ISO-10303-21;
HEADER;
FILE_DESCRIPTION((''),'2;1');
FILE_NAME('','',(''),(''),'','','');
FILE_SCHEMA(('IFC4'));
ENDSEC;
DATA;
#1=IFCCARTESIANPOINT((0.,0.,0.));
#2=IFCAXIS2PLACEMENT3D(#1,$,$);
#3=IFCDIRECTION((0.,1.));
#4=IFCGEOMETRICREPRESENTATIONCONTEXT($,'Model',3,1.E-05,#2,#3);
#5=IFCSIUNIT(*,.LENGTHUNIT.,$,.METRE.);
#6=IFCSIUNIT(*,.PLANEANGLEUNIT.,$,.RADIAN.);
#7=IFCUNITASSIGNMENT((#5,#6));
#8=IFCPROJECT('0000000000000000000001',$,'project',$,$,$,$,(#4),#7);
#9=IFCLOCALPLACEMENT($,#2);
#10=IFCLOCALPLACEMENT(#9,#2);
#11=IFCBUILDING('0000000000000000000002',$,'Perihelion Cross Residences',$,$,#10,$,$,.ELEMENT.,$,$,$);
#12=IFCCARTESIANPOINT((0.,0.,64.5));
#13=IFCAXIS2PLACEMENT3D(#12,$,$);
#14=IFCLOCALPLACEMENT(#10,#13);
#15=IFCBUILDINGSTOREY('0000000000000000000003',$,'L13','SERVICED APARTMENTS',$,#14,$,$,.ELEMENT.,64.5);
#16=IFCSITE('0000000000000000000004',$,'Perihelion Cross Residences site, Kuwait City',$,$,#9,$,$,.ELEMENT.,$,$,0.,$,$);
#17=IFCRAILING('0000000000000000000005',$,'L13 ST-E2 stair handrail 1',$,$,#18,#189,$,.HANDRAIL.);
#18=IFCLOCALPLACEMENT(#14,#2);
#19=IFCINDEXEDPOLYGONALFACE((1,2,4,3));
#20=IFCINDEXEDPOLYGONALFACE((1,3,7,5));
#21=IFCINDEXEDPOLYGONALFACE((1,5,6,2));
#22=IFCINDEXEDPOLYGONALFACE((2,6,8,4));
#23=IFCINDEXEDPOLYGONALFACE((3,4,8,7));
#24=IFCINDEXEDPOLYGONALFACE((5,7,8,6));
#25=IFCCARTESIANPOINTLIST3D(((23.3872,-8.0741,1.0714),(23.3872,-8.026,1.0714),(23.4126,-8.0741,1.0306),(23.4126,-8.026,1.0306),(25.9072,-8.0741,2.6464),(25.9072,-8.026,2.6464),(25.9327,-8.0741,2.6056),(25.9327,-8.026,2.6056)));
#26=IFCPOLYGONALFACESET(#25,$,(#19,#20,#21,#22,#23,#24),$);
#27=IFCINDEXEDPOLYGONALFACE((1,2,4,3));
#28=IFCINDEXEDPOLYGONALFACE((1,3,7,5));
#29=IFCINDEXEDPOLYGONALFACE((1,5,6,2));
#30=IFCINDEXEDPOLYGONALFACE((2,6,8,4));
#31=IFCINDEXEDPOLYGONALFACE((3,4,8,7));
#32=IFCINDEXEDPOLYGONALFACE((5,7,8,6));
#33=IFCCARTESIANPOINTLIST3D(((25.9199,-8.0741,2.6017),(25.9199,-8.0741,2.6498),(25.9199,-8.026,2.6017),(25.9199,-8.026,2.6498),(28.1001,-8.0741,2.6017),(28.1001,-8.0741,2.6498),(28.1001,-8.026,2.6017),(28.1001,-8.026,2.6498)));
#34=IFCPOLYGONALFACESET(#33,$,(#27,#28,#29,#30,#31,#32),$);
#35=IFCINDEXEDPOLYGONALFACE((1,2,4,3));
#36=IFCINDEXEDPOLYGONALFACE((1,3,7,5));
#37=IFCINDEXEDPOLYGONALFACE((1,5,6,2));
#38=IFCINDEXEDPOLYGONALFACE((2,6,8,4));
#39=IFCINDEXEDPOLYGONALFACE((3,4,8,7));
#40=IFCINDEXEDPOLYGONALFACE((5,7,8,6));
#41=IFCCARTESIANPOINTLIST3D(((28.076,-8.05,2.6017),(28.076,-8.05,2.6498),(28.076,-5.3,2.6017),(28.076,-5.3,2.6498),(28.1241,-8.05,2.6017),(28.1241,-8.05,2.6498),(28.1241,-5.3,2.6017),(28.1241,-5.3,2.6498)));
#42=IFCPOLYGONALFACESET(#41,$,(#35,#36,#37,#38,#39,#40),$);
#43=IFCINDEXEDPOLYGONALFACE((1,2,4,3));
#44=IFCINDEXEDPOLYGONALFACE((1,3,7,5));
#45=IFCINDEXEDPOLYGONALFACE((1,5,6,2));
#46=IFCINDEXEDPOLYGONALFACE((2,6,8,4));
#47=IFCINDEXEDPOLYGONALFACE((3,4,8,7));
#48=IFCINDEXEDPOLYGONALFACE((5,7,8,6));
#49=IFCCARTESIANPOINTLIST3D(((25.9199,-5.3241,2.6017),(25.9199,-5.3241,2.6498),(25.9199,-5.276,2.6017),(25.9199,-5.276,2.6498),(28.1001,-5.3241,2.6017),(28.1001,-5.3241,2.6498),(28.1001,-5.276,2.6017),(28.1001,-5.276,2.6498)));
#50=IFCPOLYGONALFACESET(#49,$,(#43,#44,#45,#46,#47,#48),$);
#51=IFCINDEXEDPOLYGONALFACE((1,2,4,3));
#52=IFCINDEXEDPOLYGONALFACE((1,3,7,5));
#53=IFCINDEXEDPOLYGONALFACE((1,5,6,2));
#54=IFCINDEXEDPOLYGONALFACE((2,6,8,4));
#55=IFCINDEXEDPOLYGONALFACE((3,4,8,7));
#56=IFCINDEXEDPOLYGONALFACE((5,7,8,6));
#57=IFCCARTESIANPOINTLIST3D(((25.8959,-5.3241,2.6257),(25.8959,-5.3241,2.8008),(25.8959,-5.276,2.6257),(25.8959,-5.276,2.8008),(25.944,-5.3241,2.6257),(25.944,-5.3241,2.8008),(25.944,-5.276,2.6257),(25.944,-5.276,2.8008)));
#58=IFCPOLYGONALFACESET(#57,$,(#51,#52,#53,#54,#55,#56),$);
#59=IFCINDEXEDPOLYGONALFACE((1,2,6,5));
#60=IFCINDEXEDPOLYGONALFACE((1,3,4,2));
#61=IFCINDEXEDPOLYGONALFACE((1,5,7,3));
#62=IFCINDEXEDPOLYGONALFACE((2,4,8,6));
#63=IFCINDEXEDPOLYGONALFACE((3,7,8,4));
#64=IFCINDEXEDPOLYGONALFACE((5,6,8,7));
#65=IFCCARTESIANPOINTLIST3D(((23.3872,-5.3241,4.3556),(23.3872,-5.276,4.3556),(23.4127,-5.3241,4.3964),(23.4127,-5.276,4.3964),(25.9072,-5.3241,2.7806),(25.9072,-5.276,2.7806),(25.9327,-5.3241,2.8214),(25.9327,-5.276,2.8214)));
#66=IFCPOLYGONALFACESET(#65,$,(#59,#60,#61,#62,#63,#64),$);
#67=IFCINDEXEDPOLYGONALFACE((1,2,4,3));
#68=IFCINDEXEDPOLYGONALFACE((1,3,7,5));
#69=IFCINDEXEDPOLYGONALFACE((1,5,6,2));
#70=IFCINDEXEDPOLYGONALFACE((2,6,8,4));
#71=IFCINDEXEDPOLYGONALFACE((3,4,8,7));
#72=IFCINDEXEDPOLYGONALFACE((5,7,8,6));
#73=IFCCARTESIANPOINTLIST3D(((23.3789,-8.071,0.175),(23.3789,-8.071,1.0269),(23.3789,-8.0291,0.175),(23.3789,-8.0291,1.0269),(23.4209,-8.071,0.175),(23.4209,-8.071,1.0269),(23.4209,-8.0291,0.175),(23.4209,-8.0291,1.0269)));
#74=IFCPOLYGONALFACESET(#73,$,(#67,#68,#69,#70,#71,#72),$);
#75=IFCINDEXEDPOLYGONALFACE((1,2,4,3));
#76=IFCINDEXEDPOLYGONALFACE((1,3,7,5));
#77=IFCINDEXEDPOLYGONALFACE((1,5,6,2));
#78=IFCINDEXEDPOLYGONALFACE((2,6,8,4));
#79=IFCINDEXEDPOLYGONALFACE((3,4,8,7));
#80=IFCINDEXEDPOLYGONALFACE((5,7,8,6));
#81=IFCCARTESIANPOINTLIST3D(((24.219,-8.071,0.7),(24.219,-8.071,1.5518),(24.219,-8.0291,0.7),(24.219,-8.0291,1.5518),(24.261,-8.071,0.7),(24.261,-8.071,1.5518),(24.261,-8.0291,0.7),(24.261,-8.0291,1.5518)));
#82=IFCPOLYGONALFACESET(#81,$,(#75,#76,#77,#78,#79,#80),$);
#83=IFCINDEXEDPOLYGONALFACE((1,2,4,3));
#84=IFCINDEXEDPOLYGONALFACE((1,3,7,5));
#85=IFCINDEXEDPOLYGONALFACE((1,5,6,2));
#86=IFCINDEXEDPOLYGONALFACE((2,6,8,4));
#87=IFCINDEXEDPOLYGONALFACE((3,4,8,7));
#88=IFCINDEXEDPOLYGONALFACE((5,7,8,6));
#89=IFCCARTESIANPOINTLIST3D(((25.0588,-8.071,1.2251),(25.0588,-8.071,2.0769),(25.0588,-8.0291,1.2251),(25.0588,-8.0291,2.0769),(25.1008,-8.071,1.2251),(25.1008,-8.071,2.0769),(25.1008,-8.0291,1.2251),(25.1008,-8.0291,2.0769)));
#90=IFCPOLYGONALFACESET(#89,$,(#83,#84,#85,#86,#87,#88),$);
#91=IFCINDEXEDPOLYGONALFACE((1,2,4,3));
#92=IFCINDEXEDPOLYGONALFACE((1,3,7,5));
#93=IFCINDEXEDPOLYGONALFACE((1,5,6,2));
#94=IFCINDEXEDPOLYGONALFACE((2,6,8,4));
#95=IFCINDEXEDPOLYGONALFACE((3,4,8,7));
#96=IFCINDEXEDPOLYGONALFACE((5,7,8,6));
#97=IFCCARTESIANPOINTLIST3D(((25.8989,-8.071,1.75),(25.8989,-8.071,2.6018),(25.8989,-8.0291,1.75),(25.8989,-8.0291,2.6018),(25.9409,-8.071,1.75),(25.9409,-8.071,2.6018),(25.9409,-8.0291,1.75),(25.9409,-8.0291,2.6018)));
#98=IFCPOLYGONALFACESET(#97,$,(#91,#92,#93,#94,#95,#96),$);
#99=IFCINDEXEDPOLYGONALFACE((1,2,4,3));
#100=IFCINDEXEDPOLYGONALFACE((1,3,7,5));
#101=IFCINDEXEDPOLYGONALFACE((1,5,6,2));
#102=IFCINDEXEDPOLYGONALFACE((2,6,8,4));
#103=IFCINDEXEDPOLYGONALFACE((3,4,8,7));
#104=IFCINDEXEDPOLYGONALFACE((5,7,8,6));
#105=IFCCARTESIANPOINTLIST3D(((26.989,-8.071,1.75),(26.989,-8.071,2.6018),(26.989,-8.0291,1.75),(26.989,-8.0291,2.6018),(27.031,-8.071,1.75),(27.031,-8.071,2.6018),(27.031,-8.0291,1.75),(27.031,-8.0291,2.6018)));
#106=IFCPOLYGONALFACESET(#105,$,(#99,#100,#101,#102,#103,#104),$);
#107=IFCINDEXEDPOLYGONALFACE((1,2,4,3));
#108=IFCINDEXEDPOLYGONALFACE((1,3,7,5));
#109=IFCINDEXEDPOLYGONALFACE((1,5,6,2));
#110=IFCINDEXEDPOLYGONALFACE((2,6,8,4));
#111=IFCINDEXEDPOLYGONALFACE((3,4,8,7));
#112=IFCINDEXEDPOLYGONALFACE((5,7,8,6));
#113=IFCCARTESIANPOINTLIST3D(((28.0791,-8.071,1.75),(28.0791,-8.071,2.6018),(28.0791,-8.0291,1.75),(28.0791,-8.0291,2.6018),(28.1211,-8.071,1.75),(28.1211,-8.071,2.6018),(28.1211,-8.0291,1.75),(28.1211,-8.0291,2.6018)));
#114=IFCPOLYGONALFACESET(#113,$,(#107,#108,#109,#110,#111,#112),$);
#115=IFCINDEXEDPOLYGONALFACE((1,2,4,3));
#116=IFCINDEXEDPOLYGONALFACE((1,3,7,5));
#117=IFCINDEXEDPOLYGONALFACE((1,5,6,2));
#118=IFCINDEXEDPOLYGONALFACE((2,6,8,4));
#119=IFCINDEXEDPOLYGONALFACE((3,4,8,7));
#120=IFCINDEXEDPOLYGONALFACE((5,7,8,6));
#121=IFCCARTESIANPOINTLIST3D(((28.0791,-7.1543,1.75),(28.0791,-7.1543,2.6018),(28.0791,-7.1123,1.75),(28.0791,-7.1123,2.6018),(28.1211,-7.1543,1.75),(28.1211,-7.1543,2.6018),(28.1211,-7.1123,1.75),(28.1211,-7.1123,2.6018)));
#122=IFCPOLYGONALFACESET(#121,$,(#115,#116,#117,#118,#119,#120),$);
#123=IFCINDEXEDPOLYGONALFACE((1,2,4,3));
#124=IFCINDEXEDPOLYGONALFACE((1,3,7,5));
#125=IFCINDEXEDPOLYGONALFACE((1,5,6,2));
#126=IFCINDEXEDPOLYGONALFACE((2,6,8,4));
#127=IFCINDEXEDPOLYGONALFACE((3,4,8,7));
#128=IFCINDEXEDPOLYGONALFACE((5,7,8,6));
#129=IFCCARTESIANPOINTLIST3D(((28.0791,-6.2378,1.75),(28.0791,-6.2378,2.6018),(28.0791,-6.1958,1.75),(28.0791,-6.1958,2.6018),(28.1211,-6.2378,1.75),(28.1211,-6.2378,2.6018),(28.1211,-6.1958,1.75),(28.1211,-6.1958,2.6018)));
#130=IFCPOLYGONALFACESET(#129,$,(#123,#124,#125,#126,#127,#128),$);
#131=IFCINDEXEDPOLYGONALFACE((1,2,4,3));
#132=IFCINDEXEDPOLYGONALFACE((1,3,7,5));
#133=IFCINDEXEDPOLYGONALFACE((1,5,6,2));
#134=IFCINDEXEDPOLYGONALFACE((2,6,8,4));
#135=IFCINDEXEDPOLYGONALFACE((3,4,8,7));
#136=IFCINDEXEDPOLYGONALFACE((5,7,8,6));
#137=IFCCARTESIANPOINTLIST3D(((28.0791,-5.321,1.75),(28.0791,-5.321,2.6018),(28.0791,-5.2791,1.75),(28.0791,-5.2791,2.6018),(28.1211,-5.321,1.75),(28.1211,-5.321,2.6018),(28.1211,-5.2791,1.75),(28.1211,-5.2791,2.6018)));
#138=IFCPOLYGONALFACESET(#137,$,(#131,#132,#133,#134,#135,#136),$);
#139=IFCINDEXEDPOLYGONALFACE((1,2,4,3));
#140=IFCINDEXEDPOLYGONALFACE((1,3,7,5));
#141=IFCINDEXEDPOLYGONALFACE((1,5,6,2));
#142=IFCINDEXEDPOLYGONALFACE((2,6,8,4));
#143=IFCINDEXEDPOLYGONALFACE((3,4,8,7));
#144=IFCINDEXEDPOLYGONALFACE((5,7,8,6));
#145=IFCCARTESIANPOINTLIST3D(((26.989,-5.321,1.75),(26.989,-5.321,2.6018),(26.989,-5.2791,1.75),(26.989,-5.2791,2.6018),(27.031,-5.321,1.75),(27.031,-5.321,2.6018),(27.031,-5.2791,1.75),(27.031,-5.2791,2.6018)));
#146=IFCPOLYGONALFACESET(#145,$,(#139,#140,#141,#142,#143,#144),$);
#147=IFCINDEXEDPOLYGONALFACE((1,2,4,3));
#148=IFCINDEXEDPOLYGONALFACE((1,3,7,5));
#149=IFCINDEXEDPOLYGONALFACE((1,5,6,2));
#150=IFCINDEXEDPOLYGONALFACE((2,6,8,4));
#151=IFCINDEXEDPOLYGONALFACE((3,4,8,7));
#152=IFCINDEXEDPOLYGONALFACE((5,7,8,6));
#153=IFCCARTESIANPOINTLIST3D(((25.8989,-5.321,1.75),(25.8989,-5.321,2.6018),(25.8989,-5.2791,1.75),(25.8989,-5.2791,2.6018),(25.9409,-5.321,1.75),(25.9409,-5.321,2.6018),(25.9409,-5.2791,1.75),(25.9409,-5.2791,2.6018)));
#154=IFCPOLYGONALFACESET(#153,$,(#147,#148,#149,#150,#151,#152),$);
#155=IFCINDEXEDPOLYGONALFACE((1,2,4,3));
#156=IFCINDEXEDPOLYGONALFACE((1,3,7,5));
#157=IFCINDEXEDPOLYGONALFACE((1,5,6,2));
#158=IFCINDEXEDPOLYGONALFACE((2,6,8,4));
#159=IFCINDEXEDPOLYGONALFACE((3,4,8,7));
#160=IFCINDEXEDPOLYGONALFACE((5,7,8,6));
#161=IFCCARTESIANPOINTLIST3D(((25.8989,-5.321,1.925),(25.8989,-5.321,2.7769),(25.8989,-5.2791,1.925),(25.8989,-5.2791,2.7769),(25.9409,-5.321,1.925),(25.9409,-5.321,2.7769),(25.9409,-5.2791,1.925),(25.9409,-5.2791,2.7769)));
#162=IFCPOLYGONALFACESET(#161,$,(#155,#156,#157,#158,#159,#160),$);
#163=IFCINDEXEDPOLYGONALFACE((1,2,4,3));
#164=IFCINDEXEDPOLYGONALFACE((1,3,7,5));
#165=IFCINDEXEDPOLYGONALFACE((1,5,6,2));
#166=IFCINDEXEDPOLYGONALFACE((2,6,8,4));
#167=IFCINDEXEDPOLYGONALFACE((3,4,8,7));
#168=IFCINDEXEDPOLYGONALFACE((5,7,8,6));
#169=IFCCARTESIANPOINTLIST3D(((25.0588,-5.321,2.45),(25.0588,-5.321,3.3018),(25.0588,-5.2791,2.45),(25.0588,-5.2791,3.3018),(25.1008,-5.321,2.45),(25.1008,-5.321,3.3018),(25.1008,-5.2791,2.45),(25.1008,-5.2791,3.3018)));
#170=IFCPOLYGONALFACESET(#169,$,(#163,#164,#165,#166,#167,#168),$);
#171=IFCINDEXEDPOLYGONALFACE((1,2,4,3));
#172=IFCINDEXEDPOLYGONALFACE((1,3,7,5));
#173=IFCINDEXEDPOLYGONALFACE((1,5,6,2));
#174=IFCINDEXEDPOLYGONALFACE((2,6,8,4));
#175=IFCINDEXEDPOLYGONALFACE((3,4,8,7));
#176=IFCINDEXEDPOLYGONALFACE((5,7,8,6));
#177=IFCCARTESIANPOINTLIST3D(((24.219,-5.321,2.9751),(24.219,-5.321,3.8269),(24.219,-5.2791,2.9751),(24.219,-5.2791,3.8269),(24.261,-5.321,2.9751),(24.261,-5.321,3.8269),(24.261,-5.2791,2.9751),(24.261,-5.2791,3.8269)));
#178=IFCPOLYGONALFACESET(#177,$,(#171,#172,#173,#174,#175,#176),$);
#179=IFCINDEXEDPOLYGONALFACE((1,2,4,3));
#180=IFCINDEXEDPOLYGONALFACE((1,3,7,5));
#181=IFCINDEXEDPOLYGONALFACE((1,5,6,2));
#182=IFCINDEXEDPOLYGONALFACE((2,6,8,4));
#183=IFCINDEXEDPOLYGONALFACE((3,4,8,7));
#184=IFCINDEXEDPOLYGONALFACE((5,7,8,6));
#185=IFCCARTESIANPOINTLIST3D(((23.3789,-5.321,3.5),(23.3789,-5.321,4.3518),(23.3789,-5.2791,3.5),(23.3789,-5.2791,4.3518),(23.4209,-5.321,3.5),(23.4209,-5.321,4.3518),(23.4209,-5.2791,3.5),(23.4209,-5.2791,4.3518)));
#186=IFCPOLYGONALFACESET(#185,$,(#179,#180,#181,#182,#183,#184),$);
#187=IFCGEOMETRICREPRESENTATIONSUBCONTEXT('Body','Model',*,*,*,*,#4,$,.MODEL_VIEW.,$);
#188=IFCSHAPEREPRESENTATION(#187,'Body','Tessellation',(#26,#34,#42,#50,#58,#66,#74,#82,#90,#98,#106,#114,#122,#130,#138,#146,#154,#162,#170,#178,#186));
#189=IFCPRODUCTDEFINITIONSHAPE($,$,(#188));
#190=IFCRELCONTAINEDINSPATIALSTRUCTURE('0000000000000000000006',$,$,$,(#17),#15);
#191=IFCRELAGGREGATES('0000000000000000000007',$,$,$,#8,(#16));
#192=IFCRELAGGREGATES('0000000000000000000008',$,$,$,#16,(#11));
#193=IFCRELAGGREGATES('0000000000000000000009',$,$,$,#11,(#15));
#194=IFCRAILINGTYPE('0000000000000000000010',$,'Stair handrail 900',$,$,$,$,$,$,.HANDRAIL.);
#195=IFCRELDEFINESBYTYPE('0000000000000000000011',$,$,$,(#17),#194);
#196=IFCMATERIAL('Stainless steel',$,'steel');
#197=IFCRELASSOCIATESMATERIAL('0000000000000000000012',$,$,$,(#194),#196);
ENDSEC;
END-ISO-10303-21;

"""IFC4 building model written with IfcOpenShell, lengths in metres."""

from ifc_helpers import new_model, si_unit, direction, frame, origin, origin_2d, place, context, subcontext, project, spatial, rectangle, extrude, material, type_object, element, save


model = new_model("IFC4")

# Units and contexts
model_context = context("Model", 3, precision=1e-05, world=origin(), true_north=direction((0.0, 1.0)))
body_context = subcontext(model_context, "Body", "Model", "MODEL_VIEW")
ifc_project = project(units=[si_unit("LENGTHUNIT", "METRE"), si_unit("PLANEANGLEUNIT", "RADIAN")], contexts=[model_context])

# Site, building, storey
site_placement = place(None, origin())
site = spatial("IfcSite", under=ifc_project, at=site_placement, Name="Perihelion Cross Residences site, Kuwait City", CompositionType="ELEMENT", RefElevation=0.0)
building_placement = place(site_placement, origin())
building = spatial("IfcBuilding", under=site, at=building_placement, Name="Perihelion Cross Residences", CompositionType="ELEMENT")
storey_placement = place(building_placement, frame((0.0, 0.0, 64.5)))
storey = spatial("IfcBuildingStorey", under=building, at=storey_placement, Name="L13", Description="SERVICED APARTMENTS", CompositionType="ELEMENT", Elevation=64.5)

# Railing
ifc_material_1 = material(Name="Stainless steel", Category="steel")
railing_type_1 = type_object("IfcRailingType", Name="Stair handrail 900", PredefinedType="HANDRAIL", material=ifc_material_1)
railing_1_placement = place(storey_placement, frame((23.3999, -8.05, 0.175)))
element("IfcRailing", 1, at=railing_1_placement, inside=storey, type_object=railing_type_1, Name="L13 ST-E2 stair handrail 1", PredefinedType="HANDRAIL", context=body_context, shape_type="SweptSolid", body=[
    extrude(rectangle(XDim=0.0481, YDim=0.0481, at=origin_2d()), frame((0.0, 0.0, 0.876), z_axis=(0.848008, 0.0, 0.529984), x_axis=(0.0, 1.0, 0.0)), (0.0, 0.0, 1.0), 2.9717),
    extrude(rectangle(XDim=0.0481, YDim=0.0481, at=origin_2d()), frame((2.52, 0.0, 2.4507), z_axis=(1.0, 0.0, 0.0), x_axis=(0.0, 1.0, 0.0)), (0.0, 0.0, 1.0), 2.1802),
    extrude(rectangle(XDim=0.0481, YDim=0.0481, at=origin_2d()), frame((4.7002, 0.0, 2.4507), z_axis=(0.0, 1.0, 0.0), x_axis=(-1.0, 0.0, 0.0)), (0.0, 0.0, 1.0), 2.75),
    extrude(rectangle(XDim=0.0481, YDim=0.0481, at=origin_2d()), frame((4.7002, 2.75, 2.4507), z_axis=(-1.0, 0.0, 0.0), x_axis=(0.0, -1.0, 0.0)), (0.0, 0.0, 1.0), 2.1802),
    extrude(rectangle(XDim=0.0481, YDim=0.0481, at=origin_2d()), frame((2.52, 2.75, 2.4507), z_axis=(0.0, 0.0, 1.0), x_axis=(1.0, 0.0, 0.0)), (0.0, 0.0, 1.0), 0.175),
    extrude(rectangle(XDim=0.0481, YDim=0.0481, at=origin_2d()), frame((2.52, 2.75, 2.626), z_axis=(-0.848008, 0.0, 0.529984), x_axis=(0.0, -1.0, 0.0)), (0.0, 0.0, 1.0), 2.9717),
    extrude(rectangle(XDim=0.042, YDim=0.042, at=origin_2d()), origin(), (0.0, 0.0, 1.0), 0.8518),
    extrude(rectangle(XDim=0.042, YDim=0.042, at=origin_2d()), frame((0.8401, 0.0, 0.5249)), (0.0, 0.0, 1.0), 0.8518),
    extrude(rectangle(XDim=0.042, YDim=0.042, at=origin_2d()), frame((1.6799, 0.0, 1.05)), (0.0, 0.0, 1.0), 0.8518),
    extrude(rectangle(XDim=0.042, YDim=0.042, at=origin_2d()), frame((2.52, 0.0, 1.575)), (0.0, 0.0, 1.0), 0.8518),
    extrude(rectangle(XDim=0.042, YDim=0.042, at=origin_2d()), frame((3.6101, 0.0, 1.575)), (0.0, 0.0, 1.0), 0.8518),
    extrude(rectangle(XDim=0.042, YDim=0.042, at=origin_2d()), frame((4.7002, 0.0, 1.575)), (0.0, 0.0, 1.0), 0.8518),
    extrude(rectangle(XDim=0.042, YDim=0.042, at=origin_2d()), frame((4.7002, 0.9167, 1.575)), (0.0, 0.0, 1.0), 0.8518),
    extrude(rectangle(XDim=0.042, YDim=0.042, at=origin_2d()), frame((4.7002, 1.8333, 1.575)), (0.0, 0.0, 1.0), 0.8518),
    extrude(rectangle(XDim=0.042, YDim=0.042, at=origin_2d()), frame((4.7002, 2.75, 1.575)), (0.0, 0.0, 1.0), 0.8518),
    extrude(rectangle(XDim=0.042, YDim=0.042, at=origin_2d()), frame((3.6101, 2.75, 1.575)), (0.0, 0.0, 1.0), 0.8518),
    extrude(rectangle(XDim=0.042, YDim=0.042, at=origin_2d()), frame((2.52, 2.75, 1.575)), (0.0, 0.0, 1.0), 0.8518),
    extrude(rectangle(XDim=0.042, YDim=0.042, at=origin_2d()), frame((2.52, 2.75, 1.75)), (0.0, 0.0, 1.0), 0.8518),
    extrude(rectangle(XDim=0.042, YDim=0.042, at=origin_2d()), frame((1.6799, 2.75, 2.2749)), (0.0, 0.0, 1.0), 0.8518),
    extrude(rectangle(XDim=0.042, YDim=0.042, at=origin_2d()), frame((0.8401, 2.75, 2.8)), (0.0, 0.0, 1.0), 0.8518),
    extrude(rectangle(XDim=0.042, YDim=0.042, at=origin_2d()), frame((0.0, 2.75, 3.325)), (0.0, 0.0, 1.0), 0.8518),
])

save(model, "model.ifc")
